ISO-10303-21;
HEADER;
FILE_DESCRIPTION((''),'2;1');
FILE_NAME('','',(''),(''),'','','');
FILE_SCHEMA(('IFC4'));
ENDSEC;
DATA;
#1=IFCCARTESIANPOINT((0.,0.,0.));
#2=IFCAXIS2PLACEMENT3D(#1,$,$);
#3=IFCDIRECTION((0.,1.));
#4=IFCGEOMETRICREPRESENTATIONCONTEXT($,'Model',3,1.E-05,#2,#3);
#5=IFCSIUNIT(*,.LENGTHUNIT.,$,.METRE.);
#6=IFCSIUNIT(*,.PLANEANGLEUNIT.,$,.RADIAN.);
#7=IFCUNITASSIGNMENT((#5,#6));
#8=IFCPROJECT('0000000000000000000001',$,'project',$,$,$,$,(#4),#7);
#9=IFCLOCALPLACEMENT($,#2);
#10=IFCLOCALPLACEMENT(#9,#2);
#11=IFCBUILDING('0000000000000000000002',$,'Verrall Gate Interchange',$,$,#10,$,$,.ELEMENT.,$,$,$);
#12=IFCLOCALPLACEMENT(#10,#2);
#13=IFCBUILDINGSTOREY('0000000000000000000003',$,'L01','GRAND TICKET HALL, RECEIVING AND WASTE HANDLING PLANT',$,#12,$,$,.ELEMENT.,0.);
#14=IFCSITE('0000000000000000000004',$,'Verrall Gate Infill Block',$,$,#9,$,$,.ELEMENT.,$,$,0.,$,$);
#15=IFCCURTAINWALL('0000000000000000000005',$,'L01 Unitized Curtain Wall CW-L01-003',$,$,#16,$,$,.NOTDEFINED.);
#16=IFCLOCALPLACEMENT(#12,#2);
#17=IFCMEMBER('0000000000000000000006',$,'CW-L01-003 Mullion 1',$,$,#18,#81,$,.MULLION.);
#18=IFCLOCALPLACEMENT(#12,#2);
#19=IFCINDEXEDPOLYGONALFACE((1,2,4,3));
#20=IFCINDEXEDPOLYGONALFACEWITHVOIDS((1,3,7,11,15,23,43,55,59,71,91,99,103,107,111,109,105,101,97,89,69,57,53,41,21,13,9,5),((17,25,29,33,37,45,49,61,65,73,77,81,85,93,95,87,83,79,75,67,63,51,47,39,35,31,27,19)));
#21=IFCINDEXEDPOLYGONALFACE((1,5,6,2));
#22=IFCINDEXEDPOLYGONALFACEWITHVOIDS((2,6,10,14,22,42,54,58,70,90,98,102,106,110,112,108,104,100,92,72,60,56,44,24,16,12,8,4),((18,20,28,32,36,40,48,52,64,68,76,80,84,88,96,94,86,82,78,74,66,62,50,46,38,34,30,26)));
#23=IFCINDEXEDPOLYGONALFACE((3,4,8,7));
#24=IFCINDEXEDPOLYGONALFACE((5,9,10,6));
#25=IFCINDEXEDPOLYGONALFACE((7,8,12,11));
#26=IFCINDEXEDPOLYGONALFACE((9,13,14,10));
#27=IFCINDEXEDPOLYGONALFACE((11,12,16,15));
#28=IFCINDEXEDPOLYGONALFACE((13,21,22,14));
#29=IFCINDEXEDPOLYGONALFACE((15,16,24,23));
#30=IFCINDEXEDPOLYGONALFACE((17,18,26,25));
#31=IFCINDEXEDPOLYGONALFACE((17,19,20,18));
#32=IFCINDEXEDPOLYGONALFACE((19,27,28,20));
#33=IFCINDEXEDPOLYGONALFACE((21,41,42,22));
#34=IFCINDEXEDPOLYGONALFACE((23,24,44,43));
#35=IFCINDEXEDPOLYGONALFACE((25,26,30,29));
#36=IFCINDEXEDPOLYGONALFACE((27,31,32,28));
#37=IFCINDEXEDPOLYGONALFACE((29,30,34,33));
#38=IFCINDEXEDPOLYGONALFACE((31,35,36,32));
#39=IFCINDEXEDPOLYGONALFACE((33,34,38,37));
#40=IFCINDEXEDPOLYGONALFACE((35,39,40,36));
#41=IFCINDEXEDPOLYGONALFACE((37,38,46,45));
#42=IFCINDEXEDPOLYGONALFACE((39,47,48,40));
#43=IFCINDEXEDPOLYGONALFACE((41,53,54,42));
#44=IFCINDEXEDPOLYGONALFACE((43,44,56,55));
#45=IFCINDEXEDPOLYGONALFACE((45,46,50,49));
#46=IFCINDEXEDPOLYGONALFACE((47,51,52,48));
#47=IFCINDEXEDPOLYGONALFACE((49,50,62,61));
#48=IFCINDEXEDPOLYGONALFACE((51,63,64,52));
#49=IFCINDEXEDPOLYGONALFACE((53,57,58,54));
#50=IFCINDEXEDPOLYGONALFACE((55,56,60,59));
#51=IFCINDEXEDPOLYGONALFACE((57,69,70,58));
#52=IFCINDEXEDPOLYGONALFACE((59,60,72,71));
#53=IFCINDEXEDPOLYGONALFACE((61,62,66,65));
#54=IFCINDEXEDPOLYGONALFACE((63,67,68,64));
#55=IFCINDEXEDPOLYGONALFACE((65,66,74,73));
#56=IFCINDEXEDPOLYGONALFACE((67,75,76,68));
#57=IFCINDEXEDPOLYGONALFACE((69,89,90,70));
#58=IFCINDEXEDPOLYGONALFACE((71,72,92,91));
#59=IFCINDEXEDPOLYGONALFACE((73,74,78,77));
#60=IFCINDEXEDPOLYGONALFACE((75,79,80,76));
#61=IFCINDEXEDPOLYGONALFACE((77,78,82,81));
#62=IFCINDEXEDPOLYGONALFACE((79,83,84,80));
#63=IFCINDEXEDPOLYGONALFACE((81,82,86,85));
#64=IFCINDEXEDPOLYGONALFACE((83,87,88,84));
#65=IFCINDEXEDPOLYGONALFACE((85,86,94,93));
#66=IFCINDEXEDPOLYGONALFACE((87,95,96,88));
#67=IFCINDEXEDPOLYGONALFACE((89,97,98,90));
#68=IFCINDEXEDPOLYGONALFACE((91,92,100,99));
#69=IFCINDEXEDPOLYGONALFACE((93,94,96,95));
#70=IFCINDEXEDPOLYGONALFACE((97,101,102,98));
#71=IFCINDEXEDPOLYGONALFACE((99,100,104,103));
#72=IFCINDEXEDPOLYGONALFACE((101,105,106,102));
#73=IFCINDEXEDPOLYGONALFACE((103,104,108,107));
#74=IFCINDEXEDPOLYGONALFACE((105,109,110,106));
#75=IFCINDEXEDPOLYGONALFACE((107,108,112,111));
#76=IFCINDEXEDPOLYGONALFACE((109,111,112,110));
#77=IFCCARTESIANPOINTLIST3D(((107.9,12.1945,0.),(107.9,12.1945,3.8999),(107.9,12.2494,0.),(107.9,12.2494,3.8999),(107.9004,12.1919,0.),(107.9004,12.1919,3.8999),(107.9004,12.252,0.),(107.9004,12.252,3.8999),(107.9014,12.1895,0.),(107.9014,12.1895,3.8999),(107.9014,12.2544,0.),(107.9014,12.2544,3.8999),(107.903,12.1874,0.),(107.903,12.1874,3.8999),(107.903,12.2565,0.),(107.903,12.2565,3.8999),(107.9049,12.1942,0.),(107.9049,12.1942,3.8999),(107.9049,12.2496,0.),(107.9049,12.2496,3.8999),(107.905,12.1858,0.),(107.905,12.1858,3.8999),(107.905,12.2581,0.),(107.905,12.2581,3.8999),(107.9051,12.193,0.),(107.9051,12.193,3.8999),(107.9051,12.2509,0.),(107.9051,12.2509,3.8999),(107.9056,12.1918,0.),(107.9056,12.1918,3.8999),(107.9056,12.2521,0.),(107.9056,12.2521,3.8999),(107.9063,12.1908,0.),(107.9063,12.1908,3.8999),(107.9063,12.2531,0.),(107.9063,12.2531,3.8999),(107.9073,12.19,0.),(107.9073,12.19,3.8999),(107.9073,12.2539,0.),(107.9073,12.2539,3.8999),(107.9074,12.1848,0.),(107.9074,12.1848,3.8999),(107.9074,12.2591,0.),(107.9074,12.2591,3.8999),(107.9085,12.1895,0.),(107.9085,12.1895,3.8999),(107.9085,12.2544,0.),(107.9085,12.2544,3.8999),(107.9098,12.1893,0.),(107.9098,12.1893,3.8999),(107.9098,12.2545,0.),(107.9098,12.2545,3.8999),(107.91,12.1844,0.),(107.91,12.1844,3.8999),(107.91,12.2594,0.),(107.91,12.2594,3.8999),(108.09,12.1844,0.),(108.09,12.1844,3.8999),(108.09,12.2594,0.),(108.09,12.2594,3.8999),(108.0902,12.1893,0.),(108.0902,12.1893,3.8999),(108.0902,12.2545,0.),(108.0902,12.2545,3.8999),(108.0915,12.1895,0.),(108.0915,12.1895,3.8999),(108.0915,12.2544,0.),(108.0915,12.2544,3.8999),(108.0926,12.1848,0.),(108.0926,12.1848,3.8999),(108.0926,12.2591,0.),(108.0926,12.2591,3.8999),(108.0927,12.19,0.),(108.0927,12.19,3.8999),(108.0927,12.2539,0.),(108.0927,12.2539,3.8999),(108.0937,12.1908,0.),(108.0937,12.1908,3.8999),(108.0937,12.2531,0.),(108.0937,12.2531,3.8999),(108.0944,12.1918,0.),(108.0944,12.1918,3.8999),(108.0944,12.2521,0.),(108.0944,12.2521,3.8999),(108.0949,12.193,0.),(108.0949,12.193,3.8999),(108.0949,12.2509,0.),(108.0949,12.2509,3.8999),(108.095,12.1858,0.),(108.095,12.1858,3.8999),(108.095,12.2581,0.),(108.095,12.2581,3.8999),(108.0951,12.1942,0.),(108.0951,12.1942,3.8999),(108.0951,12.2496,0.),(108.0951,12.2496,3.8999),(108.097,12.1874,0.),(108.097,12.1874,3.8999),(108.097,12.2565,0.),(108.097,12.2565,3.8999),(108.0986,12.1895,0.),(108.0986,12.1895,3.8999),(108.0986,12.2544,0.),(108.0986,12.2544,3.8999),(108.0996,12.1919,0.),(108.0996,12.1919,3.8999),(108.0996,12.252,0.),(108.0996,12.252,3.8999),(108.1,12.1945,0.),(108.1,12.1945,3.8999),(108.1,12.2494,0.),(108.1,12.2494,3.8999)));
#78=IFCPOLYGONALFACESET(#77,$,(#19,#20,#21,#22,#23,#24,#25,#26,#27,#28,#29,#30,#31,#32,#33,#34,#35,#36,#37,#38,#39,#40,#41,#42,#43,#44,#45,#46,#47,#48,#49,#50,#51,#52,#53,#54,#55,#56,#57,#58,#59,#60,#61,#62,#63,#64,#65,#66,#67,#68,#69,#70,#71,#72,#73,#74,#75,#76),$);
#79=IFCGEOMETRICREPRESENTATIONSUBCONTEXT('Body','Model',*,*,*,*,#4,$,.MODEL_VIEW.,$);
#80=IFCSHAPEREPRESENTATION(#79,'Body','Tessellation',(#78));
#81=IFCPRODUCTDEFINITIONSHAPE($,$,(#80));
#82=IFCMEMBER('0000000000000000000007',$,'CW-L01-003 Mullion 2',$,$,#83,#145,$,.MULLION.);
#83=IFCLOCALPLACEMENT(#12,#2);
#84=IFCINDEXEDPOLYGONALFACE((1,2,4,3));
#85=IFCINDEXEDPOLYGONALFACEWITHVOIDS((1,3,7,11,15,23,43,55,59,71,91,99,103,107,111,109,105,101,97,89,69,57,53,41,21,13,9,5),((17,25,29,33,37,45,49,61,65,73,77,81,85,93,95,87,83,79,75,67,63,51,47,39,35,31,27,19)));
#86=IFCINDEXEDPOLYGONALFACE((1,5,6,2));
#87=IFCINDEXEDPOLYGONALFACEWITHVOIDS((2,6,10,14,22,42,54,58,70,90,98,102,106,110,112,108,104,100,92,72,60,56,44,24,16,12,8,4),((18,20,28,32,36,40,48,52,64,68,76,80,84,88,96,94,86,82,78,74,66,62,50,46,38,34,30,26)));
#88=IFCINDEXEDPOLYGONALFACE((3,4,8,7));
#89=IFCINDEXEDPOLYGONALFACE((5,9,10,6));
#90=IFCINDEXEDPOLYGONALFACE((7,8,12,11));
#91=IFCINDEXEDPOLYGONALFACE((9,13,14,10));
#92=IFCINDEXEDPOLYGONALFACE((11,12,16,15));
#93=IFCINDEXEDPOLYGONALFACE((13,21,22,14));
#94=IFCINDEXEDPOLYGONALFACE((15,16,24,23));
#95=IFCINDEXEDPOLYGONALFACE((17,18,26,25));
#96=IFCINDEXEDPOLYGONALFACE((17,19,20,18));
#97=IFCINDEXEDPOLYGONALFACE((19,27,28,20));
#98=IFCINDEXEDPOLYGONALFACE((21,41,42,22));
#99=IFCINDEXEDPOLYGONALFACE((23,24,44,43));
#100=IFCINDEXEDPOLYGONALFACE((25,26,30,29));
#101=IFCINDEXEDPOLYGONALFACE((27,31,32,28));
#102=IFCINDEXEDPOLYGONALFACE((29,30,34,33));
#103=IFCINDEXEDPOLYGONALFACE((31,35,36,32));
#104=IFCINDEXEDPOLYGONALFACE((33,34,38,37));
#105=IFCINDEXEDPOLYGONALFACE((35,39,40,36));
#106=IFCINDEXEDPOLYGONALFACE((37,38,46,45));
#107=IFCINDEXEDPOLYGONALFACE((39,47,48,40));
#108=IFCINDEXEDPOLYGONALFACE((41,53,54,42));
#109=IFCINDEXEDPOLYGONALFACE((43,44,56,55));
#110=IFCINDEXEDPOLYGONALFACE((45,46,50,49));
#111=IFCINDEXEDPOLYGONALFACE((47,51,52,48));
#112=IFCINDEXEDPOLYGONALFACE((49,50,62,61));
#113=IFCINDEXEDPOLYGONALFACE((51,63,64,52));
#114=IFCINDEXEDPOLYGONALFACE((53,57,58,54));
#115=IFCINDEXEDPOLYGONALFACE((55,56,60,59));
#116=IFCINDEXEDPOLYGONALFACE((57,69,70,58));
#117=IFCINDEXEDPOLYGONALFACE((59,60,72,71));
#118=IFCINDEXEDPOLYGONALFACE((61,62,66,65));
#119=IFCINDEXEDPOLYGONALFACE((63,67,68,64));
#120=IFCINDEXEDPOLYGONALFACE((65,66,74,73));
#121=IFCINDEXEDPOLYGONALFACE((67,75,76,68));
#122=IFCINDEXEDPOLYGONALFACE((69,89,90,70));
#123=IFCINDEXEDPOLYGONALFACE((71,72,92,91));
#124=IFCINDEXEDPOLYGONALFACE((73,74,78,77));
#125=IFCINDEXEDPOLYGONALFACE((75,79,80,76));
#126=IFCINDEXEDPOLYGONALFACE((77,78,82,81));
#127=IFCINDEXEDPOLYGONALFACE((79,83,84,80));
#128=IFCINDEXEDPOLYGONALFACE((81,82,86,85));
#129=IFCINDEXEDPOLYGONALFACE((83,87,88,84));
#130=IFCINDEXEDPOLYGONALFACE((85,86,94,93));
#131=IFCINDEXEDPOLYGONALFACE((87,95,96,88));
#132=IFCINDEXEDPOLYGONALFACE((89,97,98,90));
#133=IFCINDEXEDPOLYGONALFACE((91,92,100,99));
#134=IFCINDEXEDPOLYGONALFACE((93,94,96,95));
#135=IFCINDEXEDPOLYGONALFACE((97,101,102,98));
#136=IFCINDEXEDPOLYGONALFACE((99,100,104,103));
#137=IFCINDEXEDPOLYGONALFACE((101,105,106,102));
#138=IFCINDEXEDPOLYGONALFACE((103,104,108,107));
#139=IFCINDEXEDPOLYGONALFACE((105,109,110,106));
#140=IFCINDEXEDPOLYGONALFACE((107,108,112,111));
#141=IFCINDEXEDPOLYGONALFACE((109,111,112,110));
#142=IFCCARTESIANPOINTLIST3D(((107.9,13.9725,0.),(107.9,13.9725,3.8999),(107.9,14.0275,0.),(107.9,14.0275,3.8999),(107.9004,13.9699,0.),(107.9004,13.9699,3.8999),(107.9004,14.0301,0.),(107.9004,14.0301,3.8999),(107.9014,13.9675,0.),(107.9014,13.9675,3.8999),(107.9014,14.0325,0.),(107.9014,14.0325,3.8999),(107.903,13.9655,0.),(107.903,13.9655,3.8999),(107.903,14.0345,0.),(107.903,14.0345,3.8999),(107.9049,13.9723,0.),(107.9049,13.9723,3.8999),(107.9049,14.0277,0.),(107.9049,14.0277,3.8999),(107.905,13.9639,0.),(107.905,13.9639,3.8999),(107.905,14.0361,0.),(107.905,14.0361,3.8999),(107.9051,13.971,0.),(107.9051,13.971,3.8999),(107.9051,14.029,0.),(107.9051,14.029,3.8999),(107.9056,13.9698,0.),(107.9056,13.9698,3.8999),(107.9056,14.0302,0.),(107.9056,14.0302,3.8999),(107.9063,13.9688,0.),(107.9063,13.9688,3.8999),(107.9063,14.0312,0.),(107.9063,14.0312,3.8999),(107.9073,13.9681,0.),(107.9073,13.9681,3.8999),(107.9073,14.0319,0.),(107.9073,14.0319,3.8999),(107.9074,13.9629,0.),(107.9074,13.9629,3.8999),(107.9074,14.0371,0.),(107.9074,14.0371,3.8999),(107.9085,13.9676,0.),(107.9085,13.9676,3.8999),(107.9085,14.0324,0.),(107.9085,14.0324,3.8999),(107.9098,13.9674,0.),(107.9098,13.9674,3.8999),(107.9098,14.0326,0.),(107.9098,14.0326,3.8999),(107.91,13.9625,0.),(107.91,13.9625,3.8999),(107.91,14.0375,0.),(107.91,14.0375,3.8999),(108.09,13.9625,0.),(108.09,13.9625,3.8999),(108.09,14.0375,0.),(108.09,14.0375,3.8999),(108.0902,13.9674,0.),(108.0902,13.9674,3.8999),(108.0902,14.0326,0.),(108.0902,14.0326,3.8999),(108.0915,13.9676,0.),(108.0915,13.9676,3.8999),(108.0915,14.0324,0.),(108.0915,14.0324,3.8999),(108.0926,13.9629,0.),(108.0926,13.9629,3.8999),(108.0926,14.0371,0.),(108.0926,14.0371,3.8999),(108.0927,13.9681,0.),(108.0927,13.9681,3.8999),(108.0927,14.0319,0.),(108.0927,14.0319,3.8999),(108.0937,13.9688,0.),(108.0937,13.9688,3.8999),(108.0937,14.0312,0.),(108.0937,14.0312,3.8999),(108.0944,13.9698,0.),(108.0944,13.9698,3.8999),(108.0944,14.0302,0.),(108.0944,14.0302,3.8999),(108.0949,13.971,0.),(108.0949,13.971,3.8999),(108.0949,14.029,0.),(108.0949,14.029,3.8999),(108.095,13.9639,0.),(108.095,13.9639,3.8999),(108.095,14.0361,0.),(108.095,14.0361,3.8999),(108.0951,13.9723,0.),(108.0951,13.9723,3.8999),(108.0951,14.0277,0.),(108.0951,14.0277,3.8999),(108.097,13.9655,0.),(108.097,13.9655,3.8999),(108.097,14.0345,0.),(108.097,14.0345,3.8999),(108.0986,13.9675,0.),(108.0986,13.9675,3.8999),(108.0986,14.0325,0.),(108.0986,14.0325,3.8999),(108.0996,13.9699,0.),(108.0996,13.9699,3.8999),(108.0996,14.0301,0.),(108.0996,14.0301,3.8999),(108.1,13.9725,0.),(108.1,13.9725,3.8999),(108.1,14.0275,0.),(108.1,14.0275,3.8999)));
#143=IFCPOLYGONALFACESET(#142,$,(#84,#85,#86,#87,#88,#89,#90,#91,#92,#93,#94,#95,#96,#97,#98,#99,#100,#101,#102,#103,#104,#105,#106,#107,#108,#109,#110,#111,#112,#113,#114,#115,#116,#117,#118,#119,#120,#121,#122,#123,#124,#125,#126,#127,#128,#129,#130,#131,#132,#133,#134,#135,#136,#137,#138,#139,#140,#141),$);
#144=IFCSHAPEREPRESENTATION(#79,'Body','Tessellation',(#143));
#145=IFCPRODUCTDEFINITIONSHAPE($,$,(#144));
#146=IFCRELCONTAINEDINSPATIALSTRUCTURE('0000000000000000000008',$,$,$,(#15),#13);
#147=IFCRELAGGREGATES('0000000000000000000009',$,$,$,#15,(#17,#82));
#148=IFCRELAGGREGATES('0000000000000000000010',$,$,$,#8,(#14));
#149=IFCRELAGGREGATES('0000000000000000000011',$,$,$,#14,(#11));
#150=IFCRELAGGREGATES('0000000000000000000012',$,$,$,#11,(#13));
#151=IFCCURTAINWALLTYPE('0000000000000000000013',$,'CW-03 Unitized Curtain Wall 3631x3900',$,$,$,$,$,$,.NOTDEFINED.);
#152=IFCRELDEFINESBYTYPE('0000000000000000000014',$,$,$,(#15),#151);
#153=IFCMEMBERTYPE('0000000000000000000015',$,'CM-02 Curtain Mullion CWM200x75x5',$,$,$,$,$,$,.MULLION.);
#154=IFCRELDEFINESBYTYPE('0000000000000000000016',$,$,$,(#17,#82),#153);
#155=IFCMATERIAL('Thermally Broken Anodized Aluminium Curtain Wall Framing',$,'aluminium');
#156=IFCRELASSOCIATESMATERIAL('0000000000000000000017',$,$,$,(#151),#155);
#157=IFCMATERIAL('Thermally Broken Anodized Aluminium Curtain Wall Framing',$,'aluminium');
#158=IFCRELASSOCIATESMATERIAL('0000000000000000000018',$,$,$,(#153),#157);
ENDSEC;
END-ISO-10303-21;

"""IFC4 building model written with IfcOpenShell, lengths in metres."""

from ifc_helpers import new_model, si_unit, direction, frame, origin, origin_2d, place, context, subcontext, project, spatial, hollow_rectangle, extrude, material, material_profile, profile_set, type_object, element, aggregate, save


model = new_model("IFC4")

# Units and contexts
model_context = context("Model", 3, precision=1e-05, world=origin(), true_north=direction((0.0, 1.0)))
body_context = subcontext(model_context, "Body", "Model", "MODEL_VIEW")
ifc_project = project(units=[si_unit("LENGTHUNIT", "METRE"), si_unit("PLANEANGLEUNIT", "RADIAN")], contexts=[model_context])

# Site, building, storey
site_placement = place(None, origin())
site = spatial("IfcSite", under=ifc_project, at=site_placement, Name="Verrall Gate Infill Block", CompositionType="ELEMENT", RefElevation=0.0)
building_placement = place(site_placement, origin())
building = spatial("IfcBuilding", under=site, at=building_placement, Name="Verrall Gate Interchange", CompositionType="ELEMENT")
storey_placement = place(building_placement, origin())
storey = spatial("IfcBuildingStorey", under=building, at=storey_placement, Name="L01", Description="GRAND TICKET HALL, RECEIVING AND WASTE HANDLING PLANT", CompositionType="ELEMENT", Elevation=0.0)

# Curtain wall, members
ifc_material_1 = material(Name="Thermally Broken Anodized Aluminium Curtain Wall Framing", Category="aluminium")
curtain_wall_type_1 = type_object("IfcCurtainWallType", Name="CW-03 Unitized Curtain Wall 3631x3900", PredefinedType="NOTDEFINED", material=ifc_material_1)
curtain_wall_1_placement = place(storey_placement, origin())
curtain_wall_1 = element("IfcCurtainWall", 1, at=curtain_wall_1_placement, inside=storey, type_object=curtain_wall_type_1, Name="L01 Unitized Curtain Wall CW-L01-003", PredefinedType="NOTDEFINED")
ifc_material_2 = material(Name="Thermally Broken Anodized Aluminium Curtain Wall Framing", Category="aluminium")
ifc_material_profile_1 = material_profile(ifc_material_2, hollow_rectangle(XDim=0.075, YDim=0.2, WallThickness=0.0049, InnerFilletRadius=0.0049, OuterFilletRadius=0.01, at=origin_2d()), Name="CWM200x75x5")
ifc_profile_set_1 = profile_set([ifc_material_profile_1], Name="Thermally Broken Anodized Aluminium Curtain Wall Framing")
member_type_1 = type_object("IfcMemberType", Name="CM-02 Curtain Mullion CWM200x75x5", PredefinedType="MULLION", material=ifc_profile_set_1)
member_1_placement = place(storey_placement, frame((108.0, 12.2219, 0.0), z_axis=(0.0, 0.0, 1.0), x_axis=(0.0, 1.0, 0.0)))
member_1 = element("IfcMember", 2, at=member_1_placement, type_object=member_type_1, Name="CW-L01-003 Mullion 1", PredefinedType="MULLION", context=body_context, shape_type="SweptSolid", body=[
    extrude(hollow_rectangle(XDim=0.075, YDim=0.2, WallThickness=0.0049, InnerFilletRadius=0.0049, OuterFilletRadius=0.01, at=origin_2d()), origin(), (0.0, 0.0, 1.0), 3.8999),
])
member_2_placement = place(storey_placement, frame((108.0, 14.0, 0.0), z_axis=(0.0, 0.0, 1.0), x_axis=(0.0, 1.0, 0.0)))
member_2 = element("IfcMember", 3, at=member_2_placement, type_object=member_type_1, Name="CW-L01-003 Mullion 2", PredefinedType="MULLION", context=body_context, shape_type="SweptSolid", body=[
    extrude(hollow_rectangle(XDim=0.075, YDim=0.2, WallThickness=0.0049, InnerFilletRadius=0.0049, OuterFilletRadius=0.01, at=origin_2d()), origin(), (0.0, 0.0, 1.0), 3.8999),
])

aggregate(curtain_wall_1, [member_1, member_2])

save(model, "model.ifc")
